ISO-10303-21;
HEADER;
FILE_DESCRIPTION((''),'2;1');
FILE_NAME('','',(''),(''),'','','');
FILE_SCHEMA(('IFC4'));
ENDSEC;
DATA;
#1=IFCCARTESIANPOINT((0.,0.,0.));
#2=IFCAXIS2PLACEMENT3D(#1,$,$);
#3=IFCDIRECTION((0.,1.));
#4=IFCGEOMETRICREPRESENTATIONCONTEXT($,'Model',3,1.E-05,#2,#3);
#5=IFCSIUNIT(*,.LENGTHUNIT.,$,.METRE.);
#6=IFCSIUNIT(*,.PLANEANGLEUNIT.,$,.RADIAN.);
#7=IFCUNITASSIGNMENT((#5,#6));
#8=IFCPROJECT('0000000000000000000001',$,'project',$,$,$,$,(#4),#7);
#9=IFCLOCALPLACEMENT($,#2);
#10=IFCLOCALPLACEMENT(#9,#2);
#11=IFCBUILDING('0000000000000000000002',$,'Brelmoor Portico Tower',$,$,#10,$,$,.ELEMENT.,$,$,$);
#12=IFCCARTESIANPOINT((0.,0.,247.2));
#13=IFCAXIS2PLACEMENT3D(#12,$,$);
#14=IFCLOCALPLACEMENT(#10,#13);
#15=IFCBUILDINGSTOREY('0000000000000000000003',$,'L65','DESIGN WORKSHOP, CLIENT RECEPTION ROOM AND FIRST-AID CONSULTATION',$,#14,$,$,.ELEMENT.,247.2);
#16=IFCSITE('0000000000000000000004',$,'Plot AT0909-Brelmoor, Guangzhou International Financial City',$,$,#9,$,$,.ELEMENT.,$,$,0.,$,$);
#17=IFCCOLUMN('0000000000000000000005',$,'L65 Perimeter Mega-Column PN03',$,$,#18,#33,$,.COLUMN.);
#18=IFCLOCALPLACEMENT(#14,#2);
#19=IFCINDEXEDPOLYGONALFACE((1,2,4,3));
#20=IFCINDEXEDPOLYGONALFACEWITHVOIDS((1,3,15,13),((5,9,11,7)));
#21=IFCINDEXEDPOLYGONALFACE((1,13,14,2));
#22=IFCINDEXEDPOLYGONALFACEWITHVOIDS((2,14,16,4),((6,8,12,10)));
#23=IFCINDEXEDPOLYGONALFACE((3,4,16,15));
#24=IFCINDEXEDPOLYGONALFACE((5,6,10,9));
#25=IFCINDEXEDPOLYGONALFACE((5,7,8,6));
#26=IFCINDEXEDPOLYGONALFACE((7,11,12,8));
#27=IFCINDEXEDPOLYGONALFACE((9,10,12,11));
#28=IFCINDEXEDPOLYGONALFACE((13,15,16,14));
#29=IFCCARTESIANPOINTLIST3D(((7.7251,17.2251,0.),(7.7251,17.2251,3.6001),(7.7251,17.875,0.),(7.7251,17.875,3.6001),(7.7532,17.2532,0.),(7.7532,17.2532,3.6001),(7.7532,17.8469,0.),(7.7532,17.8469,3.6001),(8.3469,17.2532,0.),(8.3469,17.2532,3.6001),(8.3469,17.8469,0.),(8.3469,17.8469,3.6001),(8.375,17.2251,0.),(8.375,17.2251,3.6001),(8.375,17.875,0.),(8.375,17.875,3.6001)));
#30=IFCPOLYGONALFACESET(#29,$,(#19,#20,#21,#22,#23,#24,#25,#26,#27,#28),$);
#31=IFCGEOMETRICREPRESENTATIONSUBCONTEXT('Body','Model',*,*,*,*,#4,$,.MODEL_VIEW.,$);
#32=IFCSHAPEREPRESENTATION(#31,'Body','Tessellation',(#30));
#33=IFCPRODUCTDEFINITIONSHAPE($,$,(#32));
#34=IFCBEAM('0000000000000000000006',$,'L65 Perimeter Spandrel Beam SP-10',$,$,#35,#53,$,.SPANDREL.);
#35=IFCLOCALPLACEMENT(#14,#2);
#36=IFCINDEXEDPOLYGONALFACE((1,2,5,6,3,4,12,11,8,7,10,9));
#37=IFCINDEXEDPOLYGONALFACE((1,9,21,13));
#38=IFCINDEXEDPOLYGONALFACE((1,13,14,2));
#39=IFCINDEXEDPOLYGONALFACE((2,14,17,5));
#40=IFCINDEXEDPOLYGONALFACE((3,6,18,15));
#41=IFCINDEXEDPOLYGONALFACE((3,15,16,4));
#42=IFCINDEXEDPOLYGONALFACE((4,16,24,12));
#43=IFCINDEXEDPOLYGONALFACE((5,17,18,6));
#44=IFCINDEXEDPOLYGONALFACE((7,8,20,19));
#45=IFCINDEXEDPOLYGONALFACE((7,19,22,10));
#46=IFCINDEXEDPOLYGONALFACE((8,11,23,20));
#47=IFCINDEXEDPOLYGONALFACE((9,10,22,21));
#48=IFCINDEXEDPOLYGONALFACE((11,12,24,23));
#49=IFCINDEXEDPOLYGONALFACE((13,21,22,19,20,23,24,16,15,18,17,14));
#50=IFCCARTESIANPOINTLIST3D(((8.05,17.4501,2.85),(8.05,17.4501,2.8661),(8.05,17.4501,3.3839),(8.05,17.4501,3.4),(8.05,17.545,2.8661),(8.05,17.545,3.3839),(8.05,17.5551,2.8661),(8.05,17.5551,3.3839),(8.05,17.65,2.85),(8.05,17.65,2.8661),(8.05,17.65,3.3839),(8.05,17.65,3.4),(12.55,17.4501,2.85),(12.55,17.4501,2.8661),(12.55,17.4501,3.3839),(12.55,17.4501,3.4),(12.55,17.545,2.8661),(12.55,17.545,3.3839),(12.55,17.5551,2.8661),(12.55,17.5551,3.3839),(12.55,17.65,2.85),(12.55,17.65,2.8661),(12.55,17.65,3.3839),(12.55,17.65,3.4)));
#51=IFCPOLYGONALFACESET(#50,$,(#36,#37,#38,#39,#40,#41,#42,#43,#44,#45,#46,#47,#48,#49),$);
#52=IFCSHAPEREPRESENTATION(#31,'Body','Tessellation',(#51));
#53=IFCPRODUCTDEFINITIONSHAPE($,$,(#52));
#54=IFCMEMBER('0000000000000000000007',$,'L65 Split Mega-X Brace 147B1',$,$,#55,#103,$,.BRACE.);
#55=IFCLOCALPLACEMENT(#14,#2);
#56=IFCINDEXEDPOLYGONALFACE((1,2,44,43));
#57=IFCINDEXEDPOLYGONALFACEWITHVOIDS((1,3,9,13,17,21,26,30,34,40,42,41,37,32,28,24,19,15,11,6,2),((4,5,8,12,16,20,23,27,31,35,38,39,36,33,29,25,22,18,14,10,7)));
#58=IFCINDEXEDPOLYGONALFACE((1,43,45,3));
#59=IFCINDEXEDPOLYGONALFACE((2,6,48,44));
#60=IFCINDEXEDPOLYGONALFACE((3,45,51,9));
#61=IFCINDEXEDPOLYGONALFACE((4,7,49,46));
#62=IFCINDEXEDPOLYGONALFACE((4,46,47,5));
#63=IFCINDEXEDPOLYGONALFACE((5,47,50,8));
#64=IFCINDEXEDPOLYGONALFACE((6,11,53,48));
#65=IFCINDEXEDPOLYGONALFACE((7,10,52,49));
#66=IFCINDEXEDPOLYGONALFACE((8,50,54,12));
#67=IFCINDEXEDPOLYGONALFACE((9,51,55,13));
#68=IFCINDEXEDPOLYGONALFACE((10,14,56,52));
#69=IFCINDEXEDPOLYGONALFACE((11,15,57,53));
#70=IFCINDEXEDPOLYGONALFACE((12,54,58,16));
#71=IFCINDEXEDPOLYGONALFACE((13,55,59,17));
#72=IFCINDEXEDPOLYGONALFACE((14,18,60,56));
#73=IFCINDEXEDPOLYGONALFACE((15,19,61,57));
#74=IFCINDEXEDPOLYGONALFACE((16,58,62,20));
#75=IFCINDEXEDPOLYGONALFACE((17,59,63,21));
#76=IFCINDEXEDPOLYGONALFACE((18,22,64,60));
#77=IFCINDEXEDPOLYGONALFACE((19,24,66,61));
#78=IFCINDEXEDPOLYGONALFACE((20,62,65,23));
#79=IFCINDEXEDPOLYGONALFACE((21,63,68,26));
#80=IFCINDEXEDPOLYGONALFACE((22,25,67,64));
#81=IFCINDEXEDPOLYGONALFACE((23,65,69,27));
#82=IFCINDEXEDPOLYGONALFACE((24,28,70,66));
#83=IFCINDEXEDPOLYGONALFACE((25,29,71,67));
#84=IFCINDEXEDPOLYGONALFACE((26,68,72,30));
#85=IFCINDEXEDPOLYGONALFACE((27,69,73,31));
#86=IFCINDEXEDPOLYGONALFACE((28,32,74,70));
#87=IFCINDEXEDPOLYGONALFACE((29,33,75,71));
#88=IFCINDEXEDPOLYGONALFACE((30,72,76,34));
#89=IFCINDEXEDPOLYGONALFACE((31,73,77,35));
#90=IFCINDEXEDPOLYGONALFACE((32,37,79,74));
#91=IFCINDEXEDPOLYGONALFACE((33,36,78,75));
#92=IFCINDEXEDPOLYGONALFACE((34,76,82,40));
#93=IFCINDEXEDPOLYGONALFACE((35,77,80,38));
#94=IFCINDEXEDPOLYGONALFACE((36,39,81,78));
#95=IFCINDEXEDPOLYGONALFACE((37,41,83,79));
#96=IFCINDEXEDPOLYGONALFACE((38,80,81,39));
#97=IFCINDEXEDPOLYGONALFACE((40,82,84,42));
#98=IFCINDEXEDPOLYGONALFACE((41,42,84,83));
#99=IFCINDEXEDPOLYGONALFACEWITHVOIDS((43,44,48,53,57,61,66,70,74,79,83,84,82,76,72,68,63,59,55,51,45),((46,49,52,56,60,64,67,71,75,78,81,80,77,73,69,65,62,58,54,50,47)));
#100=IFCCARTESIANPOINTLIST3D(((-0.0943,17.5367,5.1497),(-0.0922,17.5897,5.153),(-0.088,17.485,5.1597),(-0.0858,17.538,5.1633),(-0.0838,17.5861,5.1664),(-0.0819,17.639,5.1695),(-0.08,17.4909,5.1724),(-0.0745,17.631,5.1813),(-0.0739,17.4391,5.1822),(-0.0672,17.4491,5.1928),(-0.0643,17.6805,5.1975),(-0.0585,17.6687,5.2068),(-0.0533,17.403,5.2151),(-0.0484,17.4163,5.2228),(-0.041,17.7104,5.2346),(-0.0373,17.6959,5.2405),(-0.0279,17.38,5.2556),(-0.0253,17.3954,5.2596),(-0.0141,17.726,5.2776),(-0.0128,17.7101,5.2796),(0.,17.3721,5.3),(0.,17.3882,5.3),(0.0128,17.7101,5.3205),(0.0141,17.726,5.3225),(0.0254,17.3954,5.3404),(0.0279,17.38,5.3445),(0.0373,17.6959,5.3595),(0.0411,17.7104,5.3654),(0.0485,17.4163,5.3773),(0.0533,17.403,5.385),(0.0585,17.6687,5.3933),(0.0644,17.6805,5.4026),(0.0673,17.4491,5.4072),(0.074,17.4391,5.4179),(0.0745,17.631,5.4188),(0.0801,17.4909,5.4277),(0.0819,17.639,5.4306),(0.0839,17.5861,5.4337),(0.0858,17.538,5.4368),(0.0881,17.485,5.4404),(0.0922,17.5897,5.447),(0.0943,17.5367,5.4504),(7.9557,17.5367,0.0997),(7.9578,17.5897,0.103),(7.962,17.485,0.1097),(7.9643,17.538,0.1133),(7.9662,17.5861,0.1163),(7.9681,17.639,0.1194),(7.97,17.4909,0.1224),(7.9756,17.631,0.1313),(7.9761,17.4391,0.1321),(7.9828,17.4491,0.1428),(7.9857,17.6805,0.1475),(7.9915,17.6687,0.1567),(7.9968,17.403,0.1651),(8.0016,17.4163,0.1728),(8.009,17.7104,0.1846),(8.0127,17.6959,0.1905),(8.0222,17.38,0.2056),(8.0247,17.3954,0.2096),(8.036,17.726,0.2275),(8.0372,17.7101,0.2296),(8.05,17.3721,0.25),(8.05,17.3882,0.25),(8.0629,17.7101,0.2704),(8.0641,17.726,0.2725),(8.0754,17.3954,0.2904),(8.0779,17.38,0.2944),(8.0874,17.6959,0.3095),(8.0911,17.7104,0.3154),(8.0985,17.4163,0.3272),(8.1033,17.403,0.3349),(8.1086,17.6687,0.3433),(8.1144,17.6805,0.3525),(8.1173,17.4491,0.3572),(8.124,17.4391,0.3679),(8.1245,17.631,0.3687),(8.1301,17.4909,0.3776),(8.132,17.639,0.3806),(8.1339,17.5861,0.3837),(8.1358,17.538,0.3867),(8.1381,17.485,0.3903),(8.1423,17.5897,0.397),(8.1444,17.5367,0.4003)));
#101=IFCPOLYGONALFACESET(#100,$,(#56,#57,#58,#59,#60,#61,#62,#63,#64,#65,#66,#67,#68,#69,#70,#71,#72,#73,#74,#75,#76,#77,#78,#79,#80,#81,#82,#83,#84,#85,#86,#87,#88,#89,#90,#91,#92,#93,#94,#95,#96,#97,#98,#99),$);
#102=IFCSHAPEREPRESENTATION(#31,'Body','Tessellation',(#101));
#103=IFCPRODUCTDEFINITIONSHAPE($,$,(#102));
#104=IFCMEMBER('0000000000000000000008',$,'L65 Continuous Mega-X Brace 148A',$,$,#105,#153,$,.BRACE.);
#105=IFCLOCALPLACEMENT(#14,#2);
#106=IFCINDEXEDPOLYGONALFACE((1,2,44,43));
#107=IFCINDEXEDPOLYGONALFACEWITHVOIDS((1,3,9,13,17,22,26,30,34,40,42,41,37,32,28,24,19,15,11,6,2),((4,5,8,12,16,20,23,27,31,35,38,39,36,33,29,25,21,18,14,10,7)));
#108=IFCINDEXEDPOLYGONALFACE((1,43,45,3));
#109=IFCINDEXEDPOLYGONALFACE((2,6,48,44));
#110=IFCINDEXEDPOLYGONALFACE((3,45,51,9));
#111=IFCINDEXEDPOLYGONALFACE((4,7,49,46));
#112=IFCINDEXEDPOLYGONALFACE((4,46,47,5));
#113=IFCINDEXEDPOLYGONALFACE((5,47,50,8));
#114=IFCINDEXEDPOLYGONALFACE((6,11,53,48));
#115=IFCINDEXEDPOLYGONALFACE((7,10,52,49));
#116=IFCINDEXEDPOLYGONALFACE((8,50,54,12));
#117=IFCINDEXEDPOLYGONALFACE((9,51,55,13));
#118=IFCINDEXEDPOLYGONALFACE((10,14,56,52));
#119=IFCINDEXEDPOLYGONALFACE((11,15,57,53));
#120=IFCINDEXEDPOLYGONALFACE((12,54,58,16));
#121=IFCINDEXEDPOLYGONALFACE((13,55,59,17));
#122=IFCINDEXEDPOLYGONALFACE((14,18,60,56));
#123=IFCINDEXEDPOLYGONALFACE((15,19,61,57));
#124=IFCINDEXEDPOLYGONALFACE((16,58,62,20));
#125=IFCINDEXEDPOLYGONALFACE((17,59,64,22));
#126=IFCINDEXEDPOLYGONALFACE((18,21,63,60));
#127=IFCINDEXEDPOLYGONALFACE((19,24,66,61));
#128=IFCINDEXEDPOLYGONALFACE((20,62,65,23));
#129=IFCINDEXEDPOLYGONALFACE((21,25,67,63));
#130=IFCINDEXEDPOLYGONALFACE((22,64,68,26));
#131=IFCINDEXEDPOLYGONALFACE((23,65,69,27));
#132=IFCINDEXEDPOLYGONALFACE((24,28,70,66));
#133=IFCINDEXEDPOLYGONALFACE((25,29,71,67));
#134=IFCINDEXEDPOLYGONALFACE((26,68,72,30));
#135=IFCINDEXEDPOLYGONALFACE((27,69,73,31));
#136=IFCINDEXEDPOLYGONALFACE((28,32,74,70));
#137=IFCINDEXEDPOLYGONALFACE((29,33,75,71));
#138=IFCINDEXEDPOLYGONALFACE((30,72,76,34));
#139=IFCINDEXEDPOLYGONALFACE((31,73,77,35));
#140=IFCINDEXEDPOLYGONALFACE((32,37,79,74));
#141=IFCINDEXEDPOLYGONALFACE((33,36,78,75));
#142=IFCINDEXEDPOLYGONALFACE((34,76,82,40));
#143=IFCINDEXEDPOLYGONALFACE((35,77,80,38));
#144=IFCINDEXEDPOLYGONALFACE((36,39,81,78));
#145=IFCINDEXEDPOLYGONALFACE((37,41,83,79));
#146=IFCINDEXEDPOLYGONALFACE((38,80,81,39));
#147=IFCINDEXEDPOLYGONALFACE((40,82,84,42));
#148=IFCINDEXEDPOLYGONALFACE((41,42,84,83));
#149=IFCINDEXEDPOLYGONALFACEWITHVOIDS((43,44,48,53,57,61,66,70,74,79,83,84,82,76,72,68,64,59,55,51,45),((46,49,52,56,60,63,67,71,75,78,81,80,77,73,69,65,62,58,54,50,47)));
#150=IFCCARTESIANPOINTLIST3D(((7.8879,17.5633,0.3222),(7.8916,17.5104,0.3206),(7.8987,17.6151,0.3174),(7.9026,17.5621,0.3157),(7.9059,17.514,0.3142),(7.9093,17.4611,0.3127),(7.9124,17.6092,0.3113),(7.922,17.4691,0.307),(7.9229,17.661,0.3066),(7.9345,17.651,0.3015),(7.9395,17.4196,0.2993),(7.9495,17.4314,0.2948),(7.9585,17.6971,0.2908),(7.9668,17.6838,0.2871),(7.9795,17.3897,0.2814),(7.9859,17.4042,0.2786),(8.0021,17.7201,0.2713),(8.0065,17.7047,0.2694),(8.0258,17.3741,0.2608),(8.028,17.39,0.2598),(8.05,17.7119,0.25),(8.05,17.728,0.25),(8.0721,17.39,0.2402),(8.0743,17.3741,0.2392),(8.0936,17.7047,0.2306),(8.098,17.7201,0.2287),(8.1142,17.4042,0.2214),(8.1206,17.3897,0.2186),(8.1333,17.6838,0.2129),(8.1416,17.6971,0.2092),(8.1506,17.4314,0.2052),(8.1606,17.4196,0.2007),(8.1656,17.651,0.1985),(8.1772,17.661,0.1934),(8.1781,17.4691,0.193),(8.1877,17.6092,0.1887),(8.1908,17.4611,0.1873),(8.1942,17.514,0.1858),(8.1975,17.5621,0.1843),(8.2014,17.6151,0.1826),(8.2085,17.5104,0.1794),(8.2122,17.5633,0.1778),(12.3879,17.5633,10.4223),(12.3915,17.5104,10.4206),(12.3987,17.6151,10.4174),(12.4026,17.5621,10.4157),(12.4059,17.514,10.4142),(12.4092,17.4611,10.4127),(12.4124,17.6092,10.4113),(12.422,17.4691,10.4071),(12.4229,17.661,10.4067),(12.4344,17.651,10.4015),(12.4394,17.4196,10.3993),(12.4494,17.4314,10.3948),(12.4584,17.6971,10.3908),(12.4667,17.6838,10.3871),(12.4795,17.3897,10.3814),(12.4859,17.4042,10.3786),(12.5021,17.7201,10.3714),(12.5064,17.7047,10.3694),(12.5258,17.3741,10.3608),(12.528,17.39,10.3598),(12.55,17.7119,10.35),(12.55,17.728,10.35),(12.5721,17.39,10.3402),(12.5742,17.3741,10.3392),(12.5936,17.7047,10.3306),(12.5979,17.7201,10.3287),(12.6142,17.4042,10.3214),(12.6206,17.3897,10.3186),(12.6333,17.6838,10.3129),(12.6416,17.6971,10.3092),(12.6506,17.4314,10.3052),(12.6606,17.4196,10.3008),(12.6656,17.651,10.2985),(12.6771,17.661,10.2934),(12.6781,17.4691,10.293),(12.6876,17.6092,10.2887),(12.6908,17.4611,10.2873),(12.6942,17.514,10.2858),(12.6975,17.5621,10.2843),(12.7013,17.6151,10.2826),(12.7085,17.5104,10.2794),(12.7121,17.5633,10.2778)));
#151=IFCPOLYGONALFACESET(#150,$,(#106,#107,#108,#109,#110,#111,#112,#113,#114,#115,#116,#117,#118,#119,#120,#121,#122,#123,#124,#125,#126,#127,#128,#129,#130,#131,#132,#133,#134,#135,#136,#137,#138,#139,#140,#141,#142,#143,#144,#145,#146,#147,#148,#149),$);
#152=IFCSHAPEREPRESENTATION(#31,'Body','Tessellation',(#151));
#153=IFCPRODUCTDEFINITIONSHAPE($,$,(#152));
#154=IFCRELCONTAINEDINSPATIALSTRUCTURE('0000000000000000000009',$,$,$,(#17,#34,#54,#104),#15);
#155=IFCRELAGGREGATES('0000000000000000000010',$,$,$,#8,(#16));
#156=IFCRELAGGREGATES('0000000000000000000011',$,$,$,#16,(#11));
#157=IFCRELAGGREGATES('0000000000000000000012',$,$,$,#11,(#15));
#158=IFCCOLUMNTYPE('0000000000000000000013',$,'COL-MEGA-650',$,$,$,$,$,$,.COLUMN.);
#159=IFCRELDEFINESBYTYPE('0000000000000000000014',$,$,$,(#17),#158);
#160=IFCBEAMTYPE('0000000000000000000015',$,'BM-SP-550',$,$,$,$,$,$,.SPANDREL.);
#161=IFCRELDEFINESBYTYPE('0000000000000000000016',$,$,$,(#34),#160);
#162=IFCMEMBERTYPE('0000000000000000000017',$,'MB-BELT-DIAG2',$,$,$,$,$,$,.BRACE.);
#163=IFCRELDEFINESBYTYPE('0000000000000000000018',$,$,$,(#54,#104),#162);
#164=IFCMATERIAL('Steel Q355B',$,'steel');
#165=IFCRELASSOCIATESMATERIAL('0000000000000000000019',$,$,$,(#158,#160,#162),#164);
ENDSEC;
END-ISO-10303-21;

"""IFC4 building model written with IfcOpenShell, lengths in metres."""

from ifc_helpers import new_model, si_unit, direction, frame, origin, origin_2d, place, context, subcontext, project, spatial, hollow_rectangle, hollow_circle, i_section, extrude, material, material_profile, profile_set, type_object, element, save


model = new_model("IFC4")

# Units and contexts
model_context = context("Model", 3, precision=1e-05, world=origin(), true_north=direction((0.0, 1.0)))
body_context = subcontext(model_context, "Body", "Model", "MODEL_VIEW")
ifc_project = project(units=[si_unit("LENGTHUNIT", "METRE"), si_unit("PLANEANGLEUNIT", "RADIAN")], contexts=[model_context])

# Site, building, storey
site_placement = place(None, origin())
site = spatial("IfcSite", under=ifc_project, at=site_placement, Name="Plot AT0909-Brelmoor, Guangzhou International Financial City", CompositionType="ELEMENT", RefElevation=0.0)
building_placement = place(site_placement, origin())
building = spatial("IfcBuilding", under=site, at=building_placement, Name="Brelmoor Portico Tower", CompositionType="ELEMENT")
storey_placement = place(building_placement, frame((0.0, 0.0, 247.2)))
storey = spatial("IfcBuildingStorey", under=building, at=storey_placement, Name="L65", Description="DESIGN WORKSHOP, CLIENT RECEPTION ROOM AND FIRST-AID CONSULTATION", CompositionType="ELEMENT", Elevation=247.2)

# Column
ifc_material_1 = material(Name="Steel Q355B", Category="steel")
ifc_material_profile_1 = material_profile(ifc_material_1, hollow_rectangle(XDim=0.6499, YDim=0.6499, WallThickness=0.0281, at=origin_2d()), Name="BOX 650x650x28")
ifc_profile_set_1 = profile_set([ifc_material_profile_1], Name="Steel Q355B")
column_type = type_object("IfcColumnType", Name="COL-MEGA-650", PredefinedType="COLUMN", material=ifc_profile_set_1)
column_placement = place(storey_placement, frame((8.05, 17.55, 0.0), z_axis=(0.0, 0.0, 1.0), x_axis=(1.0, 0.0, 0.0)))
element("IfcColumn", 1, at=column_placement, inside=storey, type_object=column_type, Name="L65 Perimeter Mega-Column PN03", PredefinedType="COLUMN", context=body_context, shape_type="SweptSolid", body=[
    extrude(hollow_rectangle(XDim=0.6499, YDim=0.6499, WallThickness=0.0281, at=origin_2d()), origin(), (0.0, 0.0, 1.0), 3.6001),
])

# Beam
ifc_material_profile_2 = material_profile(ifc_material_1, i_section(OverallWidth=0.2, OverallDepth=0.55, WebThickness=0.01, FlangeThickness=0.0161, at=origin_2d()), Name="HN 550x200x10x16")
ifc_profile_set_2 = profile_set([ifc_material_profile_2], Name="Steel Q355B")
beam_type = type_object("IfcBeamType", Name="BM-SP-550", PredefinedType="SPANDREL", material=ifc_profile_set_2)
beam_placement = place(storey_placement, frame((8.05, 17.55, 3.125), z_axis=(1.0, 0.0, 0.0), x_axis=(0.0, 1.0, 0.0)))
element("IfcBeam", 2, at=beam_placement, inside=storey, type_object=beam_type, Name="L65 Perimeter Spandrel Beam SP-10", PredefinedType="SPANDREL", context=body_context, shape_type="SweptSolid", body=[
    extrude(i_section(OverallWidth=0.2, OverallDepth=0.55, WebThickness=0.01, FlangeThickness=0.0161, at=origin_2d()), origin(), (0.0, 0.0, 1.0), 4.5),
])

# Members
ifc_material_profile_3 = material_profile(ifc_material_1, hollow_circle(Radius=0.178, WallThickness=0.0161, at=origin_2d()), Name="CHS 356x16")
ifc_profile_set_3 = profile_set([ifc_material_profile_3], Name="Steel Q355B")
member_type_1 = type_object("IfcMemberType", Name="MB-BELT-DIAG2", PredefinedType="BRACE", material=ifc_profile_set_3)
member_1_placement = place(storey_placement, frame((8.05, 17.55, 0.25), z_axis=(-0.847109, 0.0, 0.531418), x_axis=(0.0, -1.0, 0.0)))
element("IfcMember", 3, at=member_1_placement, inside=storey, type_object=member_type_1, Name="L65 Split Mega-X Brace 147B1", PredefinedType="BRACE", context=body_context, shape_type="SweptSolid", body=[
    extrude(hollow_circle(Radius=0.178, WallThickness=0.0161, at=origin_2d()), origin(), (0.0, 0.0, 1.0), 9.5029),
])
member_2_placement = place(storey_placement, frame((8.05, 17.55, 0.25), z_axis=(0.406974, 0.0, 0.91344), x_axis=(0.0, 1.0, 0.0)))
element("IfcMember", 4, at=member_2_placement, inside=storey, type_object=member_type_1, Name="L65 Continuous Mega-X Brace 148A", PredefinedType="BRACE", context=body_context, shape_type="SweptSolid", body=[
    extrude(hollow_circle(Radius=0.178, WallThickness=0.0161, at=origin_2d()), origin(), (0.0, 0.0, 1.0), 11.0571),
])

save(model, "model.ifc")
